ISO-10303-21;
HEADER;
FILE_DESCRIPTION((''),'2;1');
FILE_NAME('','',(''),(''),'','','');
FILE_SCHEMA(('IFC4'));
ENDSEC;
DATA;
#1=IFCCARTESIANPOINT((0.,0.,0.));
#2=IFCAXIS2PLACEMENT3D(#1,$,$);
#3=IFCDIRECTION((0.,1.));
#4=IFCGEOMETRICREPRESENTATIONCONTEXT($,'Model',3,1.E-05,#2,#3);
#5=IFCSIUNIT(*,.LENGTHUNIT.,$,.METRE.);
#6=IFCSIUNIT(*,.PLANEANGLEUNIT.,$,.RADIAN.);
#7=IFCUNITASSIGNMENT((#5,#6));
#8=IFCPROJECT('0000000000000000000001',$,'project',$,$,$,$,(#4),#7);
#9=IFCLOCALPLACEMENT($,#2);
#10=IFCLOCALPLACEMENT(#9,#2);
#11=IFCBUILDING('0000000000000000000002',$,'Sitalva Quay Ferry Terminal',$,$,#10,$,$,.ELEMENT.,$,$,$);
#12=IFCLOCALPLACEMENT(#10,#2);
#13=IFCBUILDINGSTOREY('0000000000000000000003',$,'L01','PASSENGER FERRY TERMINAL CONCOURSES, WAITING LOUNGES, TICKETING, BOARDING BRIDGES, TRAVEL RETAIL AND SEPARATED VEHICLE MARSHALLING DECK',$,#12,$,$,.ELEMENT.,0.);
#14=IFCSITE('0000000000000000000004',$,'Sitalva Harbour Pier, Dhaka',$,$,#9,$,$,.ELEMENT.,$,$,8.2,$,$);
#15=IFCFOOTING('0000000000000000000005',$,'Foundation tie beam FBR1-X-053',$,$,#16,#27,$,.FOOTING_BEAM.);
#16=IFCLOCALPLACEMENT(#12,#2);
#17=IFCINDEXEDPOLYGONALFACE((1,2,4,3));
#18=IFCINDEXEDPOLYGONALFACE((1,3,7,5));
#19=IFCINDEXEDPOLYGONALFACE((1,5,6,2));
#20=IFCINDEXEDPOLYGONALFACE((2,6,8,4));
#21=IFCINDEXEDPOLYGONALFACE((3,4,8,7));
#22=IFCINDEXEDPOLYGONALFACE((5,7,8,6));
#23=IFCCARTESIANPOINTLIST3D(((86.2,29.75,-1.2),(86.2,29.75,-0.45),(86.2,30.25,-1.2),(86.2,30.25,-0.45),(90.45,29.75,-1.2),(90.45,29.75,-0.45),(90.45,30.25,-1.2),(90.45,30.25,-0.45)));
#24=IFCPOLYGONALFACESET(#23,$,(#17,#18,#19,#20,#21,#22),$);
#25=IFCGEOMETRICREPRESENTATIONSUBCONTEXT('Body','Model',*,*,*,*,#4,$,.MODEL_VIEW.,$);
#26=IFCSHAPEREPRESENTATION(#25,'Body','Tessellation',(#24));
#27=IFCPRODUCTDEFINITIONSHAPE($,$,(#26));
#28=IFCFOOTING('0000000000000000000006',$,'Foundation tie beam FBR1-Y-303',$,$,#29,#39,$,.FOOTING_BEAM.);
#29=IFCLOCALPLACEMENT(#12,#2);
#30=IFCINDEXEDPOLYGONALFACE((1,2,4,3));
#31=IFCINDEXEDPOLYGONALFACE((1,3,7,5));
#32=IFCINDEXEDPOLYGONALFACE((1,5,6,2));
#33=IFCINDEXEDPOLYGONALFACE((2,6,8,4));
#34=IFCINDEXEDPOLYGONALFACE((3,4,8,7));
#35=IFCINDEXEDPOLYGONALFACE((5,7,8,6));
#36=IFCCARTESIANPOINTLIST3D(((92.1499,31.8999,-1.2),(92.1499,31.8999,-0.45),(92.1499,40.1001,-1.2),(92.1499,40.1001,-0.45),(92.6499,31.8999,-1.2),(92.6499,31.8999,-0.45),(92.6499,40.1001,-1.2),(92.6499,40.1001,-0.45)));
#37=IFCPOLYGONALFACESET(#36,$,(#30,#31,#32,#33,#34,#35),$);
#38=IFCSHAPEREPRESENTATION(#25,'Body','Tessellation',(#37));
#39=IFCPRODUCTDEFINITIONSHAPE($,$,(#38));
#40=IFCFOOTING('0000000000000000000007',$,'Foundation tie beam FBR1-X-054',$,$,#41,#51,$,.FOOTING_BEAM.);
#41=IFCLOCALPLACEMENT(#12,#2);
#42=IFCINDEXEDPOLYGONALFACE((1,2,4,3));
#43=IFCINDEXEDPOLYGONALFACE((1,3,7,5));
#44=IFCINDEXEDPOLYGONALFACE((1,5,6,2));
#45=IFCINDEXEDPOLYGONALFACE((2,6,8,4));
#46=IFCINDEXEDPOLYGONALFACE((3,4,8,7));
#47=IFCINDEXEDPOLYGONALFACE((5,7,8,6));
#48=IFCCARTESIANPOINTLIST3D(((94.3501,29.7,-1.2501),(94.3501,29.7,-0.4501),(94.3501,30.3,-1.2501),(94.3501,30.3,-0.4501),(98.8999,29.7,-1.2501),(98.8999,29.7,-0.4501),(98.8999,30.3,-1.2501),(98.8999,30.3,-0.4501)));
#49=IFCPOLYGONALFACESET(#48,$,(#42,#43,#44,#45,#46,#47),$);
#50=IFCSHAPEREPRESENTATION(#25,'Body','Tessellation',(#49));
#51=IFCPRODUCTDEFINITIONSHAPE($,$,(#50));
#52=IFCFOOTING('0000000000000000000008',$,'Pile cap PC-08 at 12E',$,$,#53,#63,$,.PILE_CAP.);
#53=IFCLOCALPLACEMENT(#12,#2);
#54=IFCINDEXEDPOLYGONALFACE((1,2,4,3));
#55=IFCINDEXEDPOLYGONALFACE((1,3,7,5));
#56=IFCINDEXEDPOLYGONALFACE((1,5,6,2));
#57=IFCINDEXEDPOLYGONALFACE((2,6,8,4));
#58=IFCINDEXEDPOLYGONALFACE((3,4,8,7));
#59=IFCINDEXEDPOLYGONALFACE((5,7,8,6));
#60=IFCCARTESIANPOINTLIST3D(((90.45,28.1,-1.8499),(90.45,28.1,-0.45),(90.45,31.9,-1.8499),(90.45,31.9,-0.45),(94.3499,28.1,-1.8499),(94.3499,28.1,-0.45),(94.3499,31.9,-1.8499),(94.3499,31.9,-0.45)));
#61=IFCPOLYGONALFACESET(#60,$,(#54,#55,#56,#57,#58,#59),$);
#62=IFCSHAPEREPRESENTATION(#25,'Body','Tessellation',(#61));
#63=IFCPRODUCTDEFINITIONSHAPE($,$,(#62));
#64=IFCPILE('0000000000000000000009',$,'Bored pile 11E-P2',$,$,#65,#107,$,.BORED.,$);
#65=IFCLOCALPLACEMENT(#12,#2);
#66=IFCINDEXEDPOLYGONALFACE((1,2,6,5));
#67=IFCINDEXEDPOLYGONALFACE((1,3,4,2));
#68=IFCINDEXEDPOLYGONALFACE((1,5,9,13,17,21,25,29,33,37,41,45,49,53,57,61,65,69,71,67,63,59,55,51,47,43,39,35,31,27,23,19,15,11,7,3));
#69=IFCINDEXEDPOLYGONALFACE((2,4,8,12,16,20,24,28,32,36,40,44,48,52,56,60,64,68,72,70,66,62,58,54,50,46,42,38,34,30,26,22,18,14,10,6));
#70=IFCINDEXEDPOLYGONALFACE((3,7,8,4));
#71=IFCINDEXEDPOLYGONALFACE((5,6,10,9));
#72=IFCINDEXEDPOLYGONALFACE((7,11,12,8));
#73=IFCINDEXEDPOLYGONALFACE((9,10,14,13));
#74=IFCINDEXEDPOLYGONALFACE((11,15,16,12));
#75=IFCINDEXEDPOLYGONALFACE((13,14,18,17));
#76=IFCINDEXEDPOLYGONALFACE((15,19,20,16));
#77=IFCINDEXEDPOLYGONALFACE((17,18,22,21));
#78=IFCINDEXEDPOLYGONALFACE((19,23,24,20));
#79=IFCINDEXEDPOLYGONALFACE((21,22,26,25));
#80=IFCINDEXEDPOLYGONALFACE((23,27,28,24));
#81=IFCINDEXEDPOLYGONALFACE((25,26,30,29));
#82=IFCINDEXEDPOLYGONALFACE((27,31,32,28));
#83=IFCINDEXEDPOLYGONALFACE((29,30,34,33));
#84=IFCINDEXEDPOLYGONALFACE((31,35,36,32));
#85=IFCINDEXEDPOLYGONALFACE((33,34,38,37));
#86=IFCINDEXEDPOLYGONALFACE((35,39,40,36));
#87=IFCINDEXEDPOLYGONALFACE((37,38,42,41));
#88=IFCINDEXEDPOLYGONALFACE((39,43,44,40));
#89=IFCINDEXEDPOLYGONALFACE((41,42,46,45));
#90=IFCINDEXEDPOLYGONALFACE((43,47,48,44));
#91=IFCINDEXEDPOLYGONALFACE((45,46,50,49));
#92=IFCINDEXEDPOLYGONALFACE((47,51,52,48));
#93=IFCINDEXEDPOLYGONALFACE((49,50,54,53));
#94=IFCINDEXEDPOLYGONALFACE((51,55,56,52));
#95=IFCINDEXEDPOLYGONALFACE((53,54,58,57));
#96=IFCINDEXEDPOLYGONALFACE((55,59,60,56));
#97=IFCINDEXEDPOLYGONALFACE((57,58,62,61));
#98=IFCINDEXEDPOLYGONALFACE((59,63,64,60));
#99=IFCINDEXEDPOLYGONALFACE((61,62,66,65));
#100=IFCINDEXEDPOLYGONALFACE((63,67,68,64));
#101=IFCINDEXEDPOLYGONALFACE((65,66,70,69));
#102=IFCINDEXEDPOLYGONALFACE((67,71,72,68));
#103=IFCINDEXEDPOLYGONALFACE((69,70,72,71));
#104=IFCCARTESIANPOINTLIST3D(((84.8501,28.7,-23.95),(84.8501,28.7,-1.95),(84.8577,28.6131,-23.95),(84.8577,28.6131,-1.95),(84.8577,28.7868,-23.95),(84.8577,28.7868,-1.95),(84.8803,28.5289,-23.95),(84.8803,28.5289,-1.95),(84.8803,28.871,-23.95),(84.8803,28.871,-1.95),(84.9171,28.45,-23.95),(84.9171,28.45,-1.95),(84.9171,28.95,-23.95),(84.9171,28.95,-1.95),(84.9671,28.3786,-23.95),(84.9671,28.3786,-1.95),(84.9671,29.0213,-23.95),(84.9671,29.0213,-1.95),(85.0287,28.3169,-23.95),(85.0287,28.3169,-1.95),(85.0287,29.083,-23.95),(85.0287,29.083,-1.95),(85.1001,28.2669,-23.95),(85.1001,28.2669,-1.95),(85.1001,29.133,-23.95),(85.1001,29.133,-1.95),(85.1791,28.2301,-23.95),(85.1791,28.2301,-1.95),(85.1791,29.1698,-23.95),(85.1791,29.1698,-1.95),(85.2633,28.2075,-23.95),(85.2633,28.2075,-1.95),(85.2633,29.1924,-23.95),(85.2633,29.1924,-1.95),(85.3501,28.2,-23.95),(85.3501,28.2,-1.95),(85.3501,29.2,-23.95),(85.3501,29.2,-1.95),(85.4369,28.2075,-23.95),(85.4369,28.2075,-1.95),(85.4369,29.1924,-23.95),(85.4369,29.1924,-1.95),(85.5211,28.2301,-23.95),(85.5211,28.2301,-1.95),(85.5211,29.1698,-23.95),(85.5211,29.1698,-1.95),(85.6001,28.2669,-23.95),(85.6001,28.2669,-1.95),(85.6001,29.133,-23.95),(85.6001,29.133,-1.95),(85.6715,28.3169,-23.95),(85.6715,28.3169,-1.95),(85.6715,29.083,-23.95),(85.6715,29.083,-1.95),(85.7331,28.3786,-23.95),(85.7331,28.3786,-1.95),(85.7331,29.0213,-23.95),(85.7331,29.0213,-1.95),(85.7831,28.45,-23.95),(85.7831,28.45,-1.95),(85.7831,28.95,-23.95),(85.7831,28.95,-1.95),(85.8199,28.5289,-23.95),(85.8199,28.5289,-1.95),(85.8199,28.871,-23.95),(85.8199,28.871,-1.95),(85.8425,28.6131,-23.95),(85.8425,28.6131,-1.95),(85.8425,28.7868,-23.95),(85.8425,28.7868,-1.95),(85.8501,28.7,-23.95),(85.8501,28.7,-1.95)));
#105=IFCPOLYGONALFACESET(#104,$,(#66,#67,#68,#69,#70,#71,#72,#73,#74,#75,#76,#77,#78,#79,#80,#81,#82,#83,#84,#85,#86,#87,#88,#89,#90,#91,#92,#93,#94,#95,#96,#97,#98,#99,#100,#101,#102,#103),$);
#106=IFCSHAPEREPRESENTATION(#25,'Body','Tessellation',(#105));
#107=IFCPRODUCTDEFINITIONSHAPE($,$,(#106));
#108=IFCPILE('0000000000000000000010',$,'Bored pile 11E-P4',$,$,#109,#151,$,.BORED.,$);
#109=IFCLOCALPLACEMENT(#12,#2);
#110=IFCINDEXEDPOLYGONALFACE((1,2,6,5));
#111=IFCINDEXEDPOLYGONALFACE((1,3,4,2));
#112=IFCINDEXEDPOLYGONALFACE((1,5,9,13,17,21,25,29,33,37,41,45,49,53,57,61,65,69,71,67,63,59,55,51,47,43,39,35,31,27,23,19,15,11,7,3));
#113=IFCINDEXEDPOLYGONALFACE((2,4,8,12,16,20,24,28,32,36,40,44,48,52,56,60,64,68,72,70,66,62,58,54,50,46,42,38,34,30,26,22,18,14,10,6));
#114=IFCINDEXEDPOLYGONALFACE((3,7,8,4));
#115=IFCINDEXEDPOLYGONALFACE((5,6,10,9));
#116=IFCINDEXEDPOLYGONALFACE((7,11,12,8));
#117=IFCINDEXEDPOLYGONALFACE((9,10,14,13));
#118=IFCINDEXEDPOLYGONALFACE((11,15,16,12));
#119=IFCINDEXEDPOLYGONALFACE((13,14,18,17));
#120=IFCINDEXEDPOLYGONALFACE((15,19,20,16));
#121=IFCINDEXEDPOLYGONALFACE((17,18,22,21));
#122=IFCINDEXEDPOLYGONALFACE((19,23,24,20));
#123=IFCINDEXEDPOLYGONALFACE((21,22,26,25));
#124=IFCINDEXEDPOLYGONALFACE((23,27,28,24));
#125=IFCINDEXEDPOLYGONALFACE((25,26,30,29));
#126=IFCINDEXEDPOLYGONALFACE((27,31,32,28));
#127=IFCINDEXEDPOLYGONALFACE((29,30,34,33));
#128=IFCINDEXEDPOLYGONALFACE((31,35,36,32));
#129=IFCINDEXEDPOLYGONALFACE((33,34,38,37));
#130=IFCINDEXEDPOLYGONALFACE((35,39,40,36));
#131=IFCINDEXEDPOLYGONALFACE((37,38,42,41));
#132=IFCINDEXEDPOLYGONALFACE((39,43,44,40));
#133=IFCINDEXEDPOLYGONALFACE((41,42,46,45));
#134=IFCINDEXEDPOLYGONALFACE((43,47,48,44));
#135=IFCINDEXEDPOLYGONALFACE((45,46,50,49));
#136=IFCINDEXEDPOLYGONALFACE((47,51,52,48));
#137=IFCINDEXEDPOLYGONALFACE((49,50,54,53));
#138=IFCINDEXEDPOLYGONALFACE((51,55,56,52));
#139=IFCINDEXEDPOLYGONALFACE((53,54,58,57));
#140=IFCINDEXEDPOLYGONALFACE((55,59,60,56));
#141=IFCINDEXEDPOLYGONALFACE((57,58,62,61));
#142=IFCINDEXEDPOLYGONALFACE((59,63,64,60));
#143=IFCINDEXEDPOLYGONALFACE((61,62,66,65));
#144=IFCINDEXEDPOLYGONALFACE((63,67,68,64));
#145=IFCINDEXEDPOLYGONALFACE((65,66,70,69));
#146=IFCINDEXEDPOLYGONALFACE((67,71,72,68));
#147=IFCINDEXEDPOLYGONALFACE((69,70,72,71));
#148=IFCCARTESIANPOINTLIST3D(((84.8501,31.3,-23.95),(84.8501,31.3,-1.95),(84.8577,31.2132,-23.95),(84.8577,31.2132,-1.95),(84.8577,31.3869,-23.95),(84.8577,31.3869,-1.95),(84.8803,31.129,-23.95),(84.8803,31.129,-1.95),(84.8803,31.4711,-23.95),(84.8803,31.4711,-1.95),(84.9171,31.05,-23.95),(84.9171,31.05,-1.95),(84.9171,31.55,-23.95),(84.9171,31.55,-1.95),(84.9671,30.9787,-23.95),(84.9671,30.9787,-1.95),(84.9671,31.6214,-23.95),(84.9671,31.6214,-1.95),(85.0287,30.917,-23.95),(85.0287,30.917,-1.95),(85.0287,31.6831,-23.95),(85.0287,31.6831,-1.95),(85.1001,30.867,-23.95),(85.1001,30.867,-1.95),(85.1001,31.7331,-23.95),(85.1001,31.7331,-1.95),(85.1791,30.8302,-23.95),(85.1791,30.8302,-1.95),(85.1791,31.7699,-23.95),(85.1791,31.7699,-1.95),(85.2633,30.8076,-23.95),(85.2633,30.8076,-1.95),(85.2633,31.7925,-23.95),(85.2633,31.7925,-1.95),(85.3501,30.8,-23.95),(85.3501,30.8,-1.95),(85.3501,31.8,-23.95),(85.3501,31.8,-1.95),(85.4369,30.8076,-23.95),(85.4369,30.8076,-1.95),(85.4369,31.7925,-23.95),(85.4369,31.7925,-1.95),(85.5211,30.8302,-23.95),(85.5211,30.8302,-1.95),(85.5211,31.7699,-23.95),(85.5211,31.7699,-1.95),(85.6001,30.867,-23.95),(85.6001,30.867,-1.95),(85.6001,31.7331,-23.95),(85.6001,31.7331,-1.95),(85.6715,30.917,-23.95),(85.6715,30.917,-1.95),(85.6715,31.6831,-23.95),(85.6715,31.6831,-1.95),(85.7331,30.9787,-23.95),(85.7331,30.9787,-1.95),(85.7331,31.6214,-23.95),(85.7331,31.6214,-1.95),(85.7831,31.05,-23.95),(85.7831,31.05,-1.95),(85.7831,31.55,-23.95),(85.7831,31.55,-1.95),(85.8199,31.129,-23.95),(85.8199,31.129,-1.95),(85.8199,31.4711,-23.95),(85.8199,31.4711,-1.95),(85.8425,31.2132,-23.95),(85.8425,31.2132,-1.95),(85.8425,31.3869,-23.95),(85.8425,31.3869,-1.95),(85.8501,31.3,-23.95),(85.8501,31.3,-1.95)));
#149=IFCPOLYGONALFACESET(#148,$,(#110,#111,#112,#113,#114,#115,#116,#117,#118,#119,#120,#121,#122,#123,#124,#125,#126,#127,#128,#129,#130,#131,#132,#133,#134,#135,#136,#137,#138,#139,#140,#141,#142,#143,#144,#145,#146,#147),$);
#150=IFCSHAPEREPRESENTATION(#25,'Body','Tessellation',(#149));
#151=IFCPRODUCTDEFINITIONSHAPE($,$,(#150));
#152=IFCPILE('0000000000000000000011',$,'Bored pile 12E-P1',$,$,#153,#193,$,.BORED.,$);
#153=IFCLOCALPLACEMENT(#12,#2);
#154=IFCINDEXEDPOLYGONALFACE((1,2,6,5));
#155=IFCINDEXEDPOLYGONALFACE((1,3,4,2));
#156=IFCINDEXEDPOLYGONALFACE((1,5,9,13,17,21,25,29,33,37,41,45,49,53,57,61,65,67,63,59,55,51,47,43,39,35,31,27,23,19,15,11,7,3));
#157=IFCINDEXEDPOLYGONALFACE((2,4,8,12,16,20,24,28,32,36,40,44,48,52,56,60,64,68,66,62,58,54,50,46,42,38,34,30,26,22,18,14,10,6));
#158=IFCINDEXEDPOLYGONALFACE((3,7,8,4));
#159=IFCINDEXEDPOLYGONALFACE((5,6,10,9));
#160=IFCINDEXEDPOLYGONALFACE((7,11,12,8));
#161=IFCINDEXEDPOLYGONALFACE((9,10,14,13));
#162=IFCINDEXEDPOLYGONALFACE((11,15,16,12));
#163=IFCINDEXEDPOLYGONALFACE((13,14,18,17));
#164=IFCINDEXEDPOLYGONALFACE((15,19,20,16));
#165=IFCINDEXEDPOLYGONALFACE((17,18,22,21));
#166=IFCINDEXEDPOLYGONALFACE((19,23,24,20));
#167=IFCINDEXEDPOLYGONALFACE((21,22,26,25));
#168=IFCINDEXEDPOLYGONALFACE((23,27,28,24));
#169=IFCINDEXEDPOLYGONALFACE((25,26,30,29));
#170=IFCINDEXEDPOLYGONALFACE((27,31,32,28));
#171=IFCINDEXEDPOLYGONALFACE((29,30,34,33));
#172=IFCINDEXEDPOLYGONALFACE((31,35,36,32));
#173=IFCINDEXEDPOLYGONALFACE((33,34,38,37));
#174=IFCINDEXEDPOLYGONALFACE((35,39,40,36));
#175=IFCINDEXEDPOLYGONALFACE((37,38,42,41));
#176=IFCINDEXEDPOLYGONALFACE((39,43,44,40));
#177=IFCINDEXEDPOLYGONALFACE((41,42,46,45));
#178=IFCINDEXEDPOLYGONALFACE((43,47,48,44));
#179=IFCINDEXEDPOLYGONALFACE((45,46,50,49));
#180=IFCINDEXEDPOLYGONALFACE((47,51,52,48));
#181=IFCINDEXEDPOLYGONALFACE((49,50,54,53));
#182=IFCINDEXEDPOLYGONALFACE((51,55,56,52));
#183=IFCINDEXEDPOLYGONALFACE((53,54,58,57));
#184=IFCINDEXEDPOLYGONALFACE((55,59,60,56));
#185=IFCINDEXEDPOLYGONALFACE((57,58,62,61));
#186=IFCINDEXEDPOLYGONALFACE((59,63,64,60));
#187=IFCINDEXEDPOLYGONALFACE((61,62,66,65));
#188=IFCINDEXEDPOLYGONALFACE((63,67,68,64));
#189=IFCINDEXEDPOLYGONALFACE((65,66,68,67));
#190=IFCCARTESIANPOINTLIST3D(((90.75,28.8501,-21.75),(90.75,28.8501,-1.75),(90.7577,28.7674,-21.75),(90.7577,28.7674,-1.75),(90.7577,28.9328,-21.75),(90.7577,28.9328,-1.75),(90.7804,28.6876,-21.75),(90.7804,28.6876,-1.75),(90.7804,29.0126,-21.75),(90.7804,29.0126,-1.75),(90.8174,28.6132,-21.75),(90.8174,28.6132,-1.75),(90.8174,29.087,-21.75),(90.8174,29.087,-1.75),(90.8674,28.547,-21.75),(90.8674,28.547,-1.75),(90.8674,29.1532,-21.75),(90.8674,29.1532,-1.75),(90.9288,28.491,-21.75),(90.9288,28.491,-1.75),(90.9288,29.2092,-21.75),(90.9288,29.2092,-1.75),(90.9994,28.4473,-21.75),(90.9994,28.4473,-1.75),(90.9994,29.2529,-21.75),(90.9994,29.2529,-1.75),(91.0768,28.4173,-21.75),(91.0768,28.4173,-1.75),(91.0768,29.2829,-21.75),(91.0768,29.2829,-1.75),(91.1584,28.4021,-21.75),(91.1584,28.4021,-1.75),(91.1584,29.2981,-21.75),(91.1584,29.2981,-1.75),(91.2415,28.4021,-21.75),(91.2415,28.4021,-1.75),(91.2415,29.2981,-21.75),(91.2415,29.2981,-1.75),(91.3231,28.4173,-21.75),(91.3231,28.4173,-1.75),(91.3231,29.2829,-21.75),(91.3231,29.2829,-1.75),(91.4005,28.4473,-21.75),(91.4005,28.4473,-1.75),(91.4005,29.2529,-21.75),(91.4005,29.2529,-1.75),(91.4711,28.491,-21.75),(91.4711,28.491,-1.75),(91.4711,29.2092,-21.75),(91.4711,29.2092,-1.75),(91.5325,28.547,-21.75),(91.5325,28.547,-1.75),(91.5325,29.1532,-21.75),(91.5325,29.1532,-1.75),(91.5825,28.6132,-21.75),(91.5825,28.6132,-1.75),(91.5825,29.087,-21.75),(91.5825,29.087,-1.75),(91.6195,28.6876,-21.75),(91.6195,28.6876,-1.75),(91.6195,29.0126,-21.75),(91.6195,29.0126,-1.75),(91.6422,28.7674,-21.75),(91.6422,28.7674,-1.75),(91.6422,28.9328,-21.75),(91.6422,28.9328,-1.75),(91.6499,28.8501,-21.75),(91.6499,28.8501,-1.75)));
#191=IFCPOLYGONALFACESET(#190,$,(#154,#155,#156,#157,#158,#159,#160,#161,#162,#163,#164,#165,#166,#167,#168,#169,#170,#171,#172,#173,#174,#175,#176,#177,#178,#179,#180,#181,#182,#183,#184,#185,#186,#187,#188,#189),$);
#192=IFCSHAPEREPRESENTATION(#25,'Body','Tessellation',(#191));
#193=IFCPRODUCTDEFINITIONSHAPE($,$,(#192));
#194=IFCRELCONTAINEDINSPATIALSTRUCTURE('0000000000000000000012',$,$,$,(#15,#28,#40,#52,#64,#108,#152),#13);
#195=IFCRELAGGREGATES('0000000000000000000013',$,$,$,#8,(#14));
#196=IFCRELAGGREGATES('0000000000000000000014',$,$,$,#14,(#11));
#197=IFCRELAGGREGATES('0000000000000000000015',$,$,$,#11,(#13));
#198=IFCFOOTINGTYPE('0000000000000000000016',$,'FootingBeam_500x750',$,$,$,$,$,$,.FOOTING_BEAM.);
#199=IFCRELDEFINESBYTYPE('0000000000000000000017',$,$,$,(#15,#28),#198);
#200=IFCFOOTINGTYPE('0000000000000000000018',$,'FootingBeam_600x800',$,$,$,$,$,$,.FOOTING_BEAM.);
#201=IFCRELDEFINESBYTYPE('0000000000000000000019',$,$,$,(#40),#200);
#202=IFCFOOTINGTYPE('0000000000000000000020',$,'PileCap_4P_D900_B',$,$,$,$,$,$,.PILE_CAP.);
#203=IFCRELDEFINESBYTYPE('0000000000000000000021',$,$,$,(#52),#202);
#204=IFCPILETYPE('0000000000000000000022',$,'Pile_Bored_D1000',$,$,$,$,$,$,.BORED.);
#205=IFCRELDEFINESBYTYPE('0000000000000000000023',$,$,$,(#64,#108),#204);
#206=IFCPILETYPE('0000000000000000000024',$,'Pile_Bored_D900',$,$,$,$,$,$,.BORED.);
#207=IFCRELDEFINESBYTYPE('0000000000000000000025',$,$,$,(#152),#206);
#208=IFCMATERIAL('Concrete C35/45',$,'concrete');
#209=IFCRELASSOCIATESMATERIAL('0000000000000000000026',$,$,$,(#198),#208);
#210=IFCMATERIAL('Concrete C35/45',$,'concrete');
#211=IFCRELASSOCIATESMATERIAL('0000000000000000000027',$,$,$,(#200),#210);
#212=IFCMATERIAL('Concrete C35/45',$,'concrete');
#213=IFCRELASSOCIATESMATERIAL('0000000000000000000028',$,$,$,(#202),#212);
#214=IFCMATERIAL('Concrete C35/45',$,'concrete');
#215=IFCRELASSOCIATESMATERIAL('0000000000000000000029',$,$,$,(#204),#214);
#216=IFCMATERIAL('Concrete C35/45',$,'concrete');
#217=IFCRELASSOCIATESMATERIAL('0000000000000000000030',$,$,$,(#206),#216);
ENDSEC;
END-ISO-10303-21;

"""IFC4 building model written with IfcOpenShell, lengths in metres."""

from ifc_helpers import new_model, si_unit, direction, frame, origin, origin_2d, place, context, subcontext, project, spatial, rectangle, circle, extrude, material, material_profile, profile_set, type_object, element, save


model = new_model("IFC4")

# Units and contexts
model_context = context("Model", 3, precision=1e-05, world=origin(), true_north=direction((0.0, 1.0)))
body_context = subcontext(model_context, "Body", "Model", "MODEL_VIEW")
ifc_project = project(units=[si_unit("LENGTHUNIT", "METRE"), si_unit("PLANEANGLEUNIT", "RADIAN")], contexts=[model_context])

# Site, building, storey
site_placement = place(None, origin())
site = spatial("IfcSite", under=ifc_project, at=site_placement, Name="Sitalva Harbour Pier, Dhaka", CompositionType="ELEMENT", RefElevation=8.2)
building_placement = place(site_placement, origin())
building = spatial("IfcBuilding", under=site, at=building_placement, Name="Sitalva Quay Ferry Terminal", CompositionType="ELEMENT")
storey_placement = place(building_placement, origin())
storey = spatial("IfcBuildingStorey", under=building, at=storey_placement, Name="L01", Description="PASSENGER FERRY TERMINAL CONCOURSES, WAITING LOUNGES, TICKETING, BOARDING BRIDGES, TRAVEL RETAIL AND SEPARATED VEHICLE MARSHALLING DECK", CompositionType="ELEMENT", Elevation=0.0)

# Footings
ifc_material_1 = material(Name="Concrete C35/45", Category="concrete")
ifc_material_profile_1 = material_profile(ifc_material_1, rectangle(XDim=0.5, YDim=0.75, at=origin_2d()), Name="RC500x750")
ifc_profile_set_1 = profile_set([ifc_material_profile_1], Name="Concrete C35/45")
footing_type_1 = type_object("IfcFootingType", Name="FootingBeam_500x750", PredefinedType="FOOTING_BEAM", material=ifc_profile_set_1)
footing_1_placement = place(storey_placement, frame((86.2, 30.0, -0.825), z_axis=(1.0, 0.0, 0.0), x_axis=(0.0, 1.0, 0.0)))
element("IfcFooting", 1, at=footing_1_placement, inside=storey, type_object=footing_type_1, Name="Foundation tie beam FBR1-X-053", PredefinedType="FOOTING_BEAM", context=body_context, shape_type="SweptSolid", body=[
    extrude(rectangle(XDim=0.5, YDim=0.75, at=origin_2d()), origin(), (0.0, 0.0, 1.0), 4.25),
])
footing_2_placement = place(storey_placement, frame((92.3999, 31.8999, -0.825), z_axis=(0.0, 1.0, 0.0), x_axis=(-1.0, 0.0, 0.0)))
element("IfcFooting", 2, at=footing_2_placement, inside=storey, type_object=footing_type_1, Name="Foundation tie beam FBR1-Y-303", PredefinedType="FOOTING_BEAM", context=body_context, shape_type="SweptSolid", body=[
    extrude(rectangle(XDim=0.5, YDim=0.75, at=origin_2d()), origin(), (0.0, 0.0, 1.0), 8.2002),
])
ifc_material_2 = material(Name="Concrete C35/45", Category="concrete")
ifc_material_profile_2 = material_profile(ifc_material_2, rectangle(XDim=0.6001, YDim=0.8, at=origin_2d()), Name="RC600x800")
ifc_profile_set_2 = profile_set([ifc_material_profile_2], Name="Concrete C35/45")
footing_type_2 = type_object("IfcFootingType", Name="FootingBeam_600x800", PredefinedType="FOOTING_BEAM", material=ifc_profile_set_2)
footing_3_placement = place(storey_placement, frame((94.3501, 30.0, -0.8501), z_axis=(1.0, 0.0, 0.0), x_axis=(0.0, 1.0, 0.0)))
element("IfcFooting", 3, at=footing_3_placement, inside=storey, type_object=footing_type_2, Name="Foundation tie beam FBR1-X-054", PredefinedType="FOOTING_BEAM", context=body_context, shape_type="SweptSolid", body=[
    extrude(rectangle(XDim=0.6001, YDim=0.8, at=origin_2d()), origin(), (0.0, 0.0, 1.0), 4.5498),
])
ifc_material_3 = material(Name="Concrete C35/45", Category="concrete")
footing_type_3 = type_object("IfcFootingType", Name="PileCap_4P_D900_B", PredefinedType="PILE_CAP", material=ifc_material_3)
footing_4_placement = place(storey_placement, frame((92.3999, 30.0, -1.8499), z_axis=(0.0, 0.0, 1.0), x_axis=(1.0, 0.0, 0.0)))
element("IfcFooting", 4, at=footing_4_placement, inside=storey, type_object=footing_type_3, Name="Pile cap PC-08 at 12E", PredefinedType="PILE_CAP", context=body_context, shape_type="SweptSolid", body=[
    extrude(rectangle(XDim=3.8999, YDim=3.8, at=origin_2d()), origin(), (0.0, 0.0, 1.0), 1.3999),
])

# Piles
ifc_material_4 = material(Name="Concrete C35/45", Category="concrete")
ifc_material_profile_3 = material_profile(ifc_material_4, circle(Radius=0.5, at=origin_2d()), Name="PILE-D1000")
ifc_profile_set_3 = profile_set([ifc_material_profile_3], Name="Concrete C35/45")
pile_type_1 = type_object("IfcPileType", Name="Pile_Bored_D1000", PredefinedType="BORED", material=ifc_profile_set_3)
for number, where, z_axis, x_axis, name in (
    (5, (85.3501, 28.7, -1.95), (0.0, 0.0, -1.0), (1.0, 0.0, 0.0), "Bored pile 11E-P2"),
    (6, (85.3501, 31.3, -1.95), (0.0, 0.0, -1.0), (1.0, 0.0, 0.0), "Bored pile 11E-P4"),
):
    element("IfcPile", number, at=place(storey_placement, frame(where, z_axis=z_axis, x_axis=x_axis)), inside=storey, type_object=pile_type_1, Name=name, PredefinedType="BORED", context=body_context, shape_type="SweptSolid", body=[
        extrude(circle(Radius=0.5, at=origin_2d()), origin(), (0.0, 0.0, 1.0), 22.0),
    ])
ifc_material_5 = material(Name="Concrete C35/45", Category="concrete")
ifc_material_profile_4 = material_profile(ifc_material_5, circle(Radius=0.45, at=origin_2d()), Name="PILE-D900")
ifc_profile_set_4 = profile_set([ifc_material_profile_4], Name="Concrete C35/45")
pile_type_2 = type_object("IfcPileType", Name="Pile_Bored_D900", PredefinedType="BORED", material=ifc_profile_set_4)
for number, where, z_axis, x_axis, name in (
    (7, (91.2, 28.8501, -1.75), (0.0, 0.0, -1.0), (1.0, 0.0, 0.0), "Bored pile 12E-P1"),
):
    element("IfcPile", number, at=place(storey_placement, frame(where, z_axis=z_axis, x_axis=x_axis)), inside=storey, type_object=pile_type_2, Name=name, PredefinedType="BORED", context=body_context, shape_type="SweptSolid", body=[
        extrude(circle(Radius=0.45, at=origin_2d()), origin(), (0.0, 0.0, 1.0), 20.0),
    ])

save(model, "model.ifc")
